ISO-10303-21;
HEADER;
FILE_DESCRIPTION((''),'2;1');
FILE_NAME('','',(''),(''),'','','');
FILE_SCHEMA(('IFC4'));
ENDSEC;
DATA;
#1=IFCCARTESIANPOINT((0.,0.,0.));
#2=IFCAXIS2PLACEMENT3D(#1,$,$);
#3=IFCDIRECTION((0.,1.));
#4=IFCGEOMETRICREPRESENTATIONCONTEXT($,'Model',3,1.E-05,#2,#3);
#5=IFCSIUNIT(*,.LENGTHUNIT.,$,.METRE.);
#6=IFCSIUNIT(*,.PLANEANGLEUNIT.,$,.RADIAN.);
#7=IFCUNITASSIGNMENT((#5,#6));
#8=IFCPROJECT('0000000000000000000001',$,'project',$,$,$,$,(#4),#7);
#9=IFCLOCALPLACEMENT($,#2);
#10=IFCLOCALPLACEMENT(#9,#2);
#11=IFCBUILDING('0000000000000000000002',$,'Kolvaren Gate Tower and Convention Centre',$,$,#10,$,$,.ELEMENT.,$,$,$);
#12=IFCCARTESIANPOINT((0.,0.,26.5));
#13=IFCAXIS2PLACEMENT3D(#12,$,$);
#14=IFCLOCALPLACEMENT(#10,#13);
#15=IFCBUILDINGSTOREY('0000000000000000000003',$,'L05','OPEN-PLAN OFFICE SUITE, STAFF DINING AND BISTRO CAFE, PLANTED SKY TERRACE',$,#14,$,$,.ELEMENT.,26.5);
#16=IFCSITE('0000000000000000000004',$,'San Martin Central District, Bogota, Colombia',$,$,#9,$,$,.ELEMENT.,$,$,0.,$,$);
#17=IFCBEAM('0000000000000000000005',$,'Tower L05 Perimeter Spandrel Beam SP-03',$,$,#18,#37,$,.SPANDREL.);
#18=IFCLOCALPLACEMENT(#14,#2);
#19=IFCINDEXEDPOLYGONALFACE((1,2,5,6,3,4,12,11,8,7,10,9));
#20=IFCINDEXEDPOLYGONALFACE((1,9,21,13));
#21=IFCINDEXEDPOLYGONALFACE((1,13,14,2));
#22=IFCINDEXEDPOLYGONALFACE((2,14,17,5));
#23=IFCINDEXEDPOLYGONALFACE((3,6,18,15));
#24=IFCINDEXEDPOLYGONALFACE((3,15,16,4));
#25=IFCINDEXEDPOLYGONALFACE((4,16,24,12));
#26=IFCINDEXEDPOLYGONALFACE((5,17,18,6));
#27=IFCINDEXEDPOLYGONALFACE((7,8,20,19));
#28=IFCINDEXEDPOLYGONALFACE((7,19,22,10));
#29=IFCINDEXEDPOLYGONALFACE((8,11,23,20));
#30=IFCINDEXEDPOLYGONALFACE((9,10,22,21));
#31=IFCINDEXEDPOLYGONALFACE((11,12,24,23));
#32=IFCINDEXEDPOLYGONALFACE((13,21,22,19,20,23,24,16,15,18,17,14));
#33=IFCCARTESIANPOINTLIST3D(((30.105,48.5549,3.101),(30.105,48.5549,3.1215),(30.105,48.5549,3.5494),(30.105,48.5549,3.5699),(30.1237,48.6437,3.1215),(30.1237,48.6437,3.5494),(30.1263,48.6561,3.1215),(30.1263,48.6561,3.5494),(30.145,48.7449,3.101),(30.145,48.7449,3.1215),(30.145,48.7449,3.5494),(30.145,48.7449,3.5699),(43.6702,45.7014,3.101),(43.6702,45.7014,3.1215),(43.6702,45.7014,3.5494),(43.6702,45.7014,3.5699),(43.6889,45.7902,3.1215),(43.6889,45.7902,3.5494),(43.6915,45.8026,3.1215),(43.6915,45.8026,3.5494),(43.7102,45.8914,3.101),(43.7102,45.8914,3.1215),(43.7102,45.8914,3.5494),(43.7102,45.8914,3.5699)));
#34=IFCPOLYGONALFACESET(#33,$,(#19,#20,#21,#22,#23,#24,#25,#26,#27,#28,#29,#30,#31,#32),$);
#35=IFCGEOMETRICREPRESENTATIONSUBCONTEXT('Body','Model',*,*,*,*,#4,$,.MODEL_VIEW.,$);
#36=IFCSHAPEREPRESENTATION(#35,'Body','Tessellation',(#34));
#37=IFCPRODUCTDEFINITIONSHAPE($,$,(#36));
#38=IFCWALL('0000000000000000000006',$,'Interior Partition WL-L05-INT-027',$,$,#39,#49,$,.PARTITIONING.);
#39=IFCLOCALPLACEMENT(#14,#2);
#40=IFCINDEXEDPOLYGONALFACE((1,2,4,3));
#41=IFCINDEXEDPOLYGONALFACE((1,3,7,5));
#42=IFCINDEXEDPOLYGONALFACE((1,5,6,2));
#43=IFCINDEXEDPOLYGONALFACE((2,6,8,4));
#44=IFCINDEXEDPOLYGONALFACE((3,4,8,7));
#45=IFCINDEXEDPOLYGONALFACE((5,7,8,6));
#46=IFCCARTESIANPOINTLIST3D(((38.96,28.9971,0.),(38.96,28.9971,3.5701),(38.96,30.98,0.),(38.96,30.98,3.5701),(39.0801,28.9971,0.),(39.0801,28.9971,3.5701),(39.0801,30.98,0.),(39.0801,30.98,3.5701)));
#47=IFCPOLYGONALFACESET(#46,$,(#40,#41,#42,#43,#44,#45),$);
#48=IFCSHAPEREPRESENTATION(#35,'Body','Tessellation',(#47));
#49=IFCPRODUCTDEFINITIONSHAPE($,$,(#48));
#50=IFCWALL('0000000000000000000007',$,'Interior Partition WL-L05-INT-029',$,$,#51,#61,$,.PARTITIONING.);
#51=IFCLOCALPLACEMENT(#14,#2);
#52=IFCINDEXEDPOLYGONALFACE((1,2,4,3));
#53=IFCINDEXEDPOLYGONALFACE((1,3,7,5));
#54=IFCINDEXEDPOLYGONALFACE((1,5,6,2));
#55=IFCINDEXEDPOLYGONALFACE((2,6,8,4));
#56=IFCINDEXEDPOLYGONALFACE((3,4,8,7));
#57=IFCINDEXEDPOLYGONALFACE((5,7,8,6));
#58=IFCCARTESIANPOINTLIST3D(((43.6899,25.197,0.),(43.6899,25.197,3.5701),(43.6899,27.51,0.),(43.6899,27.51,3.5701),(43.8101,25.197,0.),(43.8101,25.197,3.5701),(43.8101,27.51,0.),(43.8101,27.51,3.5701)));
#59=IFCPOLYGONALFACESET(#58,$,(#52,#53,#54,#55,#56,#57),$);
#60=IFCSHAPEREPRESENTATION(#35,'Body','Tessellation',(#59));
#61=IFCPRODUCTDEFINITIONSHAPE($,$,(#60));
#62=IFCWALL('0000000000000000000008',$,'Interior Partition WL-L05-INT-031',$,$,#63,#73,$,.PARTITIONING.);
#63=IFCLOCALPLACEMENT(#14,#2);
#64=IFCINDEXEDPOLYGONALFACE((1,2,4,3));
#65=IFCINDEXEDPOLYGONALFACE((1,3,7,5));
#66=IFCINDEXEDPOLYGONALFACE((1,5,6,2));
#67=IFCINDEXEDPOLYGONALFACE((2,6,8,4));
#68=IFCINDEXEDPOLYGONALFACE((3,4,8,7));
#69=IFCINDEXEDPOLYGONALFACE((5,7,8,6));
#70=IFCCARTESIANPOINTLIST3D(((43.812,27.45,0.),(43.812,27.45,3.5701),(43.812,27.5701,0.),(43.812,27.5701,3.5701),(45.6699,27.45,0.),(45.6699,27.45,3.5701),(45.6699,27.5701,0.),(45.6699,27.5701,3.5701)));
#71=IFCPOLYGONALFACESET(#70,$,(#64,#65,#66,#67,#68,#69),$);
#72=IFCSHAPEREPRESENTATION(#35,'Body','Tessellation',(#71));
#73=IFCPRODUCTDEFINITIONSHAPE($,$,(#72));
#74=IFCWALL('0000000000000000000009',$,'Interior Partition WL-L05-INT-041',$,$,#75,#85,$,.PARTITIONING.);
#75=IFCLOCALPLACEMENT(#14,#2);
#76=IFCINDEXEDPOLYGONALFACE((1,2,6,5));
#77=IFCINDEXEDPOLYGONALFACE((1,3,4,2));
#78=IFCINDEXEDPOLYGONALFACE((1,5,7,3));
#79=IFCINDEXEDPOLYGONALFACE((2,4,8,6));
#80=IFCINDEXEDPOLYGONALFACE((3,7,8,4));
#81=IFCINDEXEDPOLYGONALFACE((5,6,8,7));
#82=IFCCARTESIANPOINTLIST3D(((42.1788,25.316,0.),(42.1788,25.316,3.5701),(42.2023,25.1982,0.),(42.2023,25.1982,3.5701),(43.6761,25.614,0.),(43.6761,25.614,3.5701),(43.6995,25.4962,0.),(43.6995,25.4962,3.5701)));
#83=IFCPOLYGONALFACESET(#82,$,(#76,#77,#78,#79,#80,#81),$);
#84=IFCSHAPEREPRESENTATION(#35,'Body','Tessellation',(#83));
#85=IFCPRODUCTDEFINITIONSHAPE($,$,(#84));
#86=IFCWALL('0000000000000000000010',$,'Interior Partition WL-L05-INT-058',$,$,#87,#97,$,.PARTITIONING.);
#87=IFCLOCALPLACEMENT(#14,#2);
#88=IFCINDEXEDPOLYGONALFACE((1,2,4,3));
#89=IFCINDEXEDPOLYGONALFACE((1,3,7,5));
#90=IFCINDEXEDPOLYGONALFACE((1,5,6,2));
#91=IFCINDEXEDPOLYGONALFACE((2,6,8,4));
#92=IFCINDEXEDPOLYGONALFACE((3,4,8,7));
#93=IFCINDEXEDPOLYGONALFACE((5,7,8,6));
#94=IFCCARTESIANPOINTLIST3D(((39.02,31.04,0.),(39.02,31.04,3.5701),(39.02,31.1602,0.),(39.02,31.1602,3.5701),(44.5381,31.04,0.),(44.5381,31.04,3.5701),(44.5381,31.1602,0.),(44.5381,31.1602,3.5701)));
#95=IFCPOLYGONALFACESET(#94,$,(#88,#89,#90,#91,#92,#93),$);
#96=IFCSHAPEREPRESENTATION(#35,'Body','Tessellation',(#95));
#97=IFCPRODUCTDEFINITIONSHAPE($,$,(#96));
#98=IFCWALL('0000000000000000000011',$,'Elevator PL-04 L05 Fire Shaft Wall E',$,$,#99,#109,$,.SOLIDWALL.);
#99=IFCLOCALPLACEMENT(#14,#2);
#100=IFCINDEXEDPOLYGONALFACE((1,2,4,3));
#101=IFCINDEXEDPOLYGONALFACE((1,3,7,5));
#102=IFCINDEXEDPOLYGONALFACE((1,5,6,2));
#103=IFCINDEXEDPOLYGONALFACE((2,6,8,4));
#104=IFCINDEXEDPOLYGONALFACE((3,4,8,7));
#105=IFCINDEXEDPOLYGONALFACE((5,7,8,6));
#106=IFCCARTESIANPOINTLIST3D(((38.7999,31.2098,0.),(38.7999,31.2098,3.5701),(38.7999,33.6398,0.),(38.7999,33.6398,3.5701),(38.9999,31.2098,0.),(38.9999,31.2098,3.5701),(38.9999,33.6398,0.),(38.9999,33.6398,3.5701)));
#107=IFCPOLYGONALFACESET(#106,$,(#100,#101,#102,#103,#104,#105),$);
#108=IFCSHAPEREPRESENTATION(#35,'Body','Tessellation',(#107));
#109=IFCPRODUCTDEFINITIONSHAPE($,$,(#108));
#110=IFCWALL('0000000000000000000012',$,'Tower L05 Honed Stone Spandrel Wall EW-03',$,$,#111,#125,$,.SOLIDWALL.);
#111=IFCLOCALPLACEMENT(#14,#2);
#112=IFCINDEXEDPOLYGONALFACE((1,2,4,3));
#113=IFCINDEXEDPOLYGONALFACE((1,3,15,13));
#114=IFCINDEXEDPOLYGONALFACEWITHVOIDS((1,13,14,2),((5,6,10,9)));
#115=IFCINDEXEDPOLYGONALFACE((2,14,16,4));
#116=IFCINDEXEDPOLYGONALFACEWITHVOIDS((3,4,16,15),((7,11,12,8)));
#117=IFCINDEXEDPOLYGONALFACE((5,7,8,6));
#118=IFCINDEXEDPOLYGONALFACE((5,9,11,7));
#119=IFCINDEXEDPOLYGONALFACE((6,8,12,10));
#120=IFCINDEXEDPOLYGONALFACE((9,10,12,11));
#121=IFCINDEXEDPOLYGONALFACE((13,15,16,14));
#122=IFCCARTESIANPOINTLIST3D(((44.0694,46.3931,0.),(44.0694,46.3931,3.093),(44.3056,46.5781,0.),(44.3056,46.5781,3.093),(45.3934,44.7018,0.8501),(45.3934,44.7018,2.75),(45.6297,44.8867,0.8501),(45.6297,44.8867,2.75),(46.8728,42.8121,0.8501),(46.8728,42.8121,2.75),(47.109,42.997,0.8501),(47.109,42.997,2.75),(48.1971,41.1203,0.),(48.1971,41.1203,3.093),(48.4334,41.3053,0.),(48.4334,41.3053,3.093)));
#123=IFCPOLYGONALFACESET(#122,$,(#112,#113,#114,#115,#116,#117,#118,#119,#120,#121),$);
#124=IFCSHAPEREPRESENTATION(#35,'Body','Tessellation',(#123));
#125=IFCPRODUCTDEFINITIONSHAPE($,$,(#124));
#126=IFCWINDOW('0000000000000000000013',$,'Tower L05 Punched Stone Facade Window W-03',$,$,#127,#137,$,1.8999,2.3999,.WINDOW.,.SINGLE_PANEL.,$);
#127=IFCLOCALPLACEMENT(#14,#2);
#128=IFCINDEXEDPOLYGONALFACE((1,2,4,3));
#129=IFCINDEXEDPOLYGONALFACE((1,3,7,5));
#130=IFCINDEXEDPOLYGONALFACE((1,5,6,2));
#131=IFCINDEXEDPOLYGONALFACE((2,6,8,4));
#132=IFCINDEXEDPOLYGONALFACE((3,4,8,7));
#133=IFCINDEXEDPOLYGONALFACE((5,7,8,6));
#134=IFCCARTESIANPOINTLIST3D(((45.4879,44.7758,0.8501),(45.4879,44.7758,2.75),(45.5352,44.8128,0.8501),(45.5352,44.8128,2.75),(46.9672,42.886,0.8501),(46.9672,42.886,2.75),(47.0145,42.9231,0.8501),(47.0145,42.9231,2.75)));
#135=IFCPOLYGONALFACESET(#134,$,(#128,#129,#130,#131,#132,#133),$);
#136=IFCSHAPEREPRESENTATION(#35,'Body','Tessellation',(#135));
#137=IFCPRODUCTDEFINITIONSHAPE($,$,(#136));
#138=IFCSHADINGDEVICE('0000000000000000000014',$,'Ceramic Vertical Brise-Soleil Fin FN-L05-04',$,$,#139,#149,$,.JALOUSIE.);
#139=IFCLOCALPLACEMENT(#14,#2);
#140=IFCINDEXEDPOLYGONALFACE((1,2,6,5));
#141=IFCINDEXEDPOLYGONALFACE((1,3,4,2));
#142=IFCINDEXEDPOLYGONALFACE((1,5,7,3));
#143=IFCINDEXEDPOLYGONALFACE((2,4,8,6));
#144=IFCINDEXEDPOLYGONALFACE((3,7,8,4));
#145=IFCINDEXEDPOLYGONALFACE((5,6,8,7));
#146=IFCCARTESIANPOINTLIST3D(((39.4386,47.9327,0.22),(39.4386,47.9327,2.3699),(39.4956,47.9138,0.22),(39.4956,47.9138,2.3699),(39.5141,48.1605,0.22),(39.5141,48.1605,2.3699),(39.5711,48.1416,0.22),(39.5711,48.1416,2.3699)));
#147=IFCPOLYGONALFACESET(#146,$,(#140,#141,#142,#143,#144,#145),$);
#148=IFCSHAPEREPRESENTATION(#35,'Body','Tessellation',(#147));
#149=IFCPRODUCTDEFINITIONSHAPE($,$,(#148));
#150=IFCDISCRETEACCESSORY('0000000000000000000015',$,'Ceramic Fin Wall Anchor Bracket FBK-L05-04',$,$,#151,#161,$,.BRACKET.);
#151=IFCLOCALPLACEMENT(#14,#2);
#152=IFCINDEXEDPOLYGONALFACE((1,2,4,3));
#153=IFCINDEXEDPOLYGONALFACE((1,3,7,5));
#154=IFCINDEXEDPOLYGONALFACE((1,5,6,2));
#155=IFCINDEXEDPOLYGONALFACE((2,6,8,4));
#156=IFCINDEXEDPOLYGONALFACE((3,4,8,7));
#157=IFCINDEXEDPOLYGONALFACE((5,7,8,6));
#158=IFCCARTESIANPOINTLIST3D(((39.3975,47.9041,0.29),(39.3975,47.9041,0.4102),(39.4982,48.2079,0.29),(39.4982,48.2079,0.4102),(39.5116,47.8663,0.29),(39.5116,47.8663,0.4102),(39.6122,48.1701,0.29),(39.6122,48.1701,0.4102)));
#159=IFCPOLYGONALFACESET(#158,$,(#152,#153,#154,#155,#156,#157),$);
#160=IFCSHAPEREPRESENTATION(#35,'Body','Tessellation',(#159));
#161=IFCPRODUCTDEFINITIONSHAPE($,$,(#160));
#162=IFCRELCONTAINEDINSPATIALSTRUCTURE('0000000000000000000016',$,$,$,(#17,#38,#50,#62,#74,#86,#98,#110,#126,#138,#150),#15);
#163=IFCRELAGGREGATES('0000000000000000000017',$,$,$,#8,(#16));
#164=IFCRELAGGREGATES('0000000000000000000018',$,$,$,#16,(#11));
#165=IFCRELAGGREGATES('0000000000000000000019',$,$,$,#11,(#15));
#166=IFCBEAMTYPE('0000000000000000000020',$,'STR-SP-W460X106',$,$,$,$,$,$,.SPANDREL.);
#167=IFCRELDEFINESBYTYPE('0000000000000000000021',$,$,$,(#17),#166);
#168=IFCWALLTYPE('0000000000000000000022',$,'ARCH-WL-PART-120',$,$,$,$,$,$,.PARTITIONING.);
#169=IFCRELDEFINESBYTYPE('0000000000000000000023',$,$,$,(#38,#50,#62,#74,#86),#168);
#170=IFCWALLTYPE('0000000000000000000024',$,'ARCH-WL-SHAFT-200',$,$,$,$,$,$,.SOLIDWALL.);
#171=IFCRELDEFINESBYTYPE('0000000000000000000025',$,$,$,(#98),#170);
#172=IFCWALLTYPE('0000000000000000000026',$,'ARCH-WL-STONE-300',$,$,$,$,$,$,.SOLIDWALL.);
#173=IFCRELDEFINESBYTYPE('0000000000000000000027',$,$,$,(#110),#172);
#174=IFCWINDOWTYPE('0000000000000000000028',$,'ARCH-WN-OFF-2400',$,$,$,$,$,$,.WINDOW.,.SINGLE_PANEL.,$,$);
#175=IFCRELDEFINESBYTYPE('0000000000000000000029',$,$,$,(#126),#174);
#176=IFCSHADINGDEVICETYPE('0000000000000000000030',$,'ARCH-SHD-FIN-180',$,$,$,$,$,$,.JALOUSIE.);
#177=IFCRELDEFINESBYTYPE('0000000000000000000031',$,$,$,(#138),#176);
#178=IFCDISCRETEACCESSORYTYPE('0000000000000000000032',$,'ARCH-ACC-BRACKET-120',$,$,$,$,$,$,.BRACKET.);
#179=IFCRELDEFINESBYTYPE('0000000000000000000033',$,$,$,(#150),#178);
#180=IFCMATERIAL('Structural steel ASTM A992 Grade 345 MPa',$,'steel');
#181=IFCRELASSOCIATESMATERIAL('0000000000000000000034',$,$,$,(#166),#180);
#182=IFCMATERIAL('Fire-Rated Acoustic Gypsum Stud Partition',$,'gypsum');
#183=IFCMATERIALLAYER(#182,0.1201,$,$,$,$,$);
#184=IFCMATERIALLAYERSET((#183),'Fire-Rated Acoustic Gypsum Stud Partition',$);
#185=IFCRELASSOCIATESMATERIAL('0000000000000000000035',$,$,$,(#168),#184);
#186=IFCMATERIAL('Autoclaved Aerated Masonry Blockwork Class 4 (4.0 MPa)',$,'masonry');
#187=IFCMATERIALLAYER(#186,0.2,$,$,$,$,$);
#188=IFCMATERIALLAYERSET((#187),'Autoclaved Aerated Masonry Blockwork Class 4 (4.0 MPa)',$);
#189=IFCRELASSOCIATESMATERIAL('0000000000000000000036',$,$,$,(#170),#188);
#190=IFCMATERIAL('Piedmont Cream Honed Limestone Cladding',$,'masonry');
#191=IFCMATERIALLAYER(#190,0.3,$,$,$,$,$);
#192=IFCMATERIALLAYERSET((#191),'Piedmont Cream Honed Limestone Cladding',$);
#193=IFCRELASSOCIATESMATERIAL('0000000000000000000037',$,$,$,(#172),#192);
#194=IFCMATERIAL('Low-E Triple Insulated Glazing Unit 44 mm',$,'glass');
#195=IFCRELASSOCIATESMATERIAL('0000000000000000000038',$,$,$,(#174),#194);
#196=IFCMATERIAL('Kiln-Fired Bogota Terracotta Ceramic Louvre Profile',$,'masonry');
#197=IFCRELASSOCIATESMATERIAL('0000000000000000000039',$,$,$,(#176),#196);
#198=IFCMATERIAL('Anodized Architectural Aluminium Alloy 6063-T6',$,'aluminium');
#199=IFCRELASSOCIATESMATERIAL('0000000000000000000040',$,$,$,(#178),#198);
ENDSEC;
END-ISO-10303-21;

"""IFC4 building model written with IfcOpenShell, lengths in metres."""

from ifc_helpers import new_model, si_unit, direction, frame, frame_2d, origin, origin_2d, place, context, subcontext, project, spatial, rectangle, i_section, extrude, material, layer, layer_set, material_profile, profile_set, type_object, element, fill, save


model = new_model("IFC4")

# Units and contexts
model_context = context("Model", 3, precision=1e-05, world=origin(), true_north=direction((0.0, 1.0)))
body_context = subcontext(model_context, "Body", "Model", "MODEL_VIEW")
ifc_project = project(units=[si_unit("LENGTHUNIT", "METRE"), si_unit("PLANEANGLEUNIT", "RADIAN")], contexts=[model_context])

# Site, building, storey
site_placement = place(None, origin())
site = spatial("IfcSite", under=ifc_project, at=site_placement, Name="San Martin Central District, Bogota, Colombia", CompositionType="ELEMENT", RefElevation=0.0)
building_placement = place(site_placement, origin())
building = spatial("IfcBuilding", under=site, at=building_placement, Name="Kolvaren Gate Tower and Convention Centre", CompositionType="ELEMENT")
storey_placement = place(building_placement, frame((0.0, 0.0, 26.5)))
storey = spatial("IfcBuildingStorey", under=building, at=storey_placement, Name="L05", Description="OPEN-PLAN OFFICE SUITE, STAFF DINING AND BISTRO CAFE, PLANTED SKY TERRACE", CompositionType="ELEMENT", Elevation=26.5)

# Beam
ifc_material_1 = material(Name="Structural steel ASTM A992 Grade 345 MPa", Category="steel")
ifc_material_profile_1 = material_profile(ifc_material_1, i_section(OverallWidth=0.1941, OverallDepth=0.469, WebThickness=0.0127, FlangeThickness=0.0205, at=origin_2d()), Name="W460X106")
ifc_profile_set_1 = profile_set([ifc_material_profile_1], Name="Structural steel ASTM A992 Grade 345 MPa")
beam_type_1 = type_object("IfcBeamType", Name="STR-SP-W460X106", PredefinedType="SPANDREL", material=ifc_profile_set_1)
beam_1_placement = place(storey_placement, frame((43.6902, 45.7964, 3.3354), z_axis=(-0.978583, 0.205851, 0.0), x_axis=(-0.205851, -0.978583, 0.0)))
element("IfcBeam", 1, at=beam_1_placement, inside=storey, type_object=beam_type_1, Name="Tower L05 Perimeter Spandrel Beam SP-03", PredefinedType="SPANDREL", context=body_context, shape_type="SweptSolid", body=[
    extrude(i_section(OverallWidth=0.1941, OverallDepth=0.469, WebThickness=0.0127, FlangeThickness=0.0205, at=origin_2d()), origin(), (0.0, 0.0, 1.0), 13.8621),
])

# Walls
ifc_material_2 = material(Name="Fire-Rated Acoustic Gypsum Stud Partition", Category="gypsum")
ifc_layer_1 = layer(ifc_material_2, 0.1201)
ifc_layer_set_1 = layer_set([ifc_layer_1], Name="Fire-Rated Acoustic Gypsum Stud Partition")
wall_type_1 = type_object("IfcWallType", Name="ARCH-WL-PART-120", PredefinedType="PARTITIONING", material=ifc_layer_set_1)
wall_1_placement = place(storey_placement, frame((39.02, 28.9971, 0.0), z_axis=(0.0, 0.0, 1.0), x_axis=(0.0, 1.0, 0.0)))
element("IfcWall", 2, at=wall_1_placement, inside=storey, type_object=wall_type_1, Name="Interior Partition WL-L05-INT-027", PredefinedType="PARTITIONING", context=body_context, shape_type="SweptSolid", body=[
    extrude(rectangle(XDim=1.9829, YDim=0.1201, at=frame_2d((0.9915, 0.0))), origin(), (0.0, 0.0, 1.0), 3.5701),
])
wall_2_placement = place(storey_placement, frame((43.75, 25.197, 0.0), z_axis=(0.0, 0.0, 1.0), x_axis=(0.0, 1.0, 0.0)))
element("IfcWall", 3, at=wall_2_placement, inside=storey, type_object=wall_type_1, Name="Interior Partition WL-L05-INT-029", PredefinedType="PARTITIONING", context=body_context, shape_type="SweptSolid", body=[
    extrude(rectangle(XDim=2.313, YDim=0.1201, at=frame_2d((1.1565, 0.0))), origin(), (0.0, 0.0, 1.0), 3.5701),
])
wall_3_placement = place(storey_placement, frame((43.812, 27.51, 0.0), z_axis=(0.0, 0.0, 1.0), x_axis=(1.0, 0.0, 0.0)))
element("IfcWall", 4, at=wall_3_placement, inside=storey, type_object=wall_type_1, Name="Interior Partition WL-L05-INT-031", PredefinedType="PARTITIONING", context=body_context, shape_type="SweptSolid", body=[
    extrude(rectangle(XDim=1.8579, YDim=0.1201, at=frame_2d((0.929, 0.0))), origin(), (0.0, 0.0, 1.0), 3.5701),
])
wall_4_placement = place(storey_placement, frame((42.1907, 25.2571, 0.0), z_axis=(0.0, 0.0, 1.0), x_axis=(0.980753, 0.195255, 0.0)))
element("IfcWall", 5, at=wall_4_placement, inside=storey, type_object=wall_type_1, Name="Interior Partition WL-L05-INT-041", PredefinedType="PARTITIONING", context=body_context, shape_type="SweptSolid", body=[
    extrude(rectangle(XDim=1.5266, YDim=0.1201, at=frame_2d((0.7632, 0.0))), origin(), (0.0, 0.0, 1.0), 3.5701),
])
wall_5_placement = place(storey_placement, frame((39.02, 31.1001, 0.0), z_axis=(0.0, 0.0, 1.0), x_axis=(1.0, 0.0, 0.0)))
element("IfcWall", 6, at=wall_5_placement, inside=storey, type_object=wall_type_1, Name="Interior Partition WL-L05-INT-058", PredefinedType="PARTITIONING", context=body_context, shape_type="SweptSolid", body=[
    extrude(rectangle(XDim=5.5181, YDim=0.1201, at=frame_2d((2.759, 0.0))), origin(), (0.0, 0.0, 1.0), 3.5701),
])
ifc_material_3 = material(Name="Autoclaved Aerated Masonry Blockwork Class 4 (4.0 MPa)", Category="masonry")
ifc_layer_2 = layer(ifc_material_3, 0.2)
ifc_layer_set_2 = layer_set([ifc_layer_2], Name="Autoclaved Aerated Masonry Blockwork Class 4 (4.0 MPa)")
wall_type_2 = type_object("IfcWallType", Name="ARCH-WL-SHAFT-200", PredefinedType="SOLIDWALL", material=ifc_layer_set_2)
wall_6_placement = place(storey_placement, frame((38.8999, 31.21, 0.0), z_axis=(0.0, 0.0, 1.0), x_axis=(0.0, 1.0, 0.0)))
element("IfcWall", 7, at=wall_6_placement, inside=storey, type_object=wall_type_2, Name="Elevator PL-04 L05 Fire Shaft Wall E", PredefinedType="SOLIDWALL", context=body_context, shape_type="SweptSolid", body=[
    extrude(rectangle(XDim=2.4299, YDim=0.2, at=frame_2d((1.2148, 0.0))), origin(), (0.0, 0.0, 1.0), 3.5701),
])

# Wall, opening, window
ifc_material_4 = material(Name="Piedmont Cream Honed Limestone Cladding", Category="masonry")
ifc_layer_3 = layer(ifc_material_4, 0.3)
ifc_layer_set_3 = layer_set([ifc_layer_3], Name="Piedmont Cream Honed Limestone Cladding")
wall_type_3 = type_object("IfcWallType", Name="ARCH-WL-STONE-300", PredefinedType="SOLIDWALL", material=ifc_layer_set_3)
wall_7_placement = place(storey_placement, frame((44.1875, 46.4856, 0.0), z_axis=(0.0, 0.0, 1.0), x_axis=(0.616421, -0.787417, 0.0)))
wall_7 = element("IfcWall", 8, at=wall_7_placement, inside=storey, type_object=wall_type_3, Name="Tower L05 Honed Stone Spandrel Wall EW-03", PredefinedType="SOLIDWALL", context=body_context, shape_type="SweptSolid", body=[
    extrude(rectangle(XDim=6.6963, YDim=0.3, at=frame_2d((3.3481, 0.0))), origin(), (0.0, 0.0, 1.0), 3.093),
])
opening_placement = place(wall_7_placement, frame((2.1479, 0.0, 0.8501)))
opening = element("IfcOpeningElement", 9, at=opening_placement, cuts=wall_7, PredefinedType="OPENING", context=body_context, shape_type="SweptSolid", body=[
    extrude(rectangle(XDim=2.3999, YDim=1.8999, at=frame_2d((1.2, 0.95))), frame((0.0, 0.1599, 0.0), z_axis=(0.0, -1.0, 0.0), x_axis=(1.0, 0.0, 0.0)), (0.0, 0.0, 1.0), 0.3201),
])
ifc_material_5 = material(Name="Low-E Triple Insulated Glazing Unit 44 mm", Category="glass")
window_type = type_object("IfcWindowType", Name="ARCH-WN-OFF-2400", PartitioningType="SINGLE_PANEL", PredefinedType="WINDOW", material=ifc_material_5)
window_placement = place(opening_placement, origin())
window = element("IfcWindow", 10, at=window_placement, inside=storey, type_object=window_type, Name="Tower L05 Punched Stone Facade Window W-03", OverallHeight=1.8999, OverallWidth=2.3999, PartitioningType="SINGLE_PANEL", PredefinedType="WINDOW", context=body_context, shape_type="SweptSolid", body=[
    extrude(rectangle(XDim=2.3999, YDim=1.8999, at=frame_2d((1.2, 0.95))), frame((0.0, 0.03, 0.0), z_axis=(0.0, -1.0, 0.0), x_axis=(1.0, 0.0, 0.0)), (0.0, 0.0, 1.0), 0.0601),
])
fill(opening, window)

# Shading device
ifc_material_6 = material(Name="Kiln-Fired Bogota Terracotta Ceramic Louvre Profile", Category="masonry")
shading_device_type = type_object("IfcShadingDeviceType", Name="ARCH-SHD-FIN-180", PredefinedType="JALOUSIE", material=ifc_material_6)
shading_device_placement = place(storey_placement, frame((39.5049, 48.0371, 0.22), z_axis=(0.0, 0.0, 1.0), x_axis=(0.949243, -0.314544, 0.0)))
element("IfcShadingDevice", 11, at=shading_device_placement, inside=storey, type_object=shading_device_type, Name="Ceramic Vertical Brise-Soleil Fin FN-L05-04", PredefinedType="JALOUSIE", context=body_context, shape_type="SweptSolid", body=[
    extrude(rectangle(XDim=0.0601, YDim=0.24, at=origin_2d()), origin(), (0.0, 0.0, 1.0), 2.1499),
])

# Discrete accessory
ifc_material_7 = material(Name="Anodized Architectural Aluminium Alloy 6063-T6", Category="aluminium")
discrete_accessory_type = type_object("IfcDiscreteAccessoryType", Name="ARCH-ACC-BRACKET-120", PredefinedType="BRACKET", material=ifc_material_7)
discrete_accessory_placement = place(storey_placement, frame((39.5049, 48.0371, 0.29), z_axis=(0.0, 0.0, 1.0), x_axis=(0.949243, -0.314544, 0.0)))
element("IfcDiscreteAccessory", 12, at=discrete_accessory_placement, inside=storey, type_object=discrete_accessory_type, Name="Ceramic Fin Wall Anchor Bracket FBK-L05-04", PredefinedType="BRACKET", context=body_context, shape_type="SweptSolid", body=[
    extrude(rectangle(XDim=0.1201, YDim=0.3201, at=origin_2d()), origin(), (0.0, 0.0, 1.0), 0.1201),
])

save(model, "model.ifc")
